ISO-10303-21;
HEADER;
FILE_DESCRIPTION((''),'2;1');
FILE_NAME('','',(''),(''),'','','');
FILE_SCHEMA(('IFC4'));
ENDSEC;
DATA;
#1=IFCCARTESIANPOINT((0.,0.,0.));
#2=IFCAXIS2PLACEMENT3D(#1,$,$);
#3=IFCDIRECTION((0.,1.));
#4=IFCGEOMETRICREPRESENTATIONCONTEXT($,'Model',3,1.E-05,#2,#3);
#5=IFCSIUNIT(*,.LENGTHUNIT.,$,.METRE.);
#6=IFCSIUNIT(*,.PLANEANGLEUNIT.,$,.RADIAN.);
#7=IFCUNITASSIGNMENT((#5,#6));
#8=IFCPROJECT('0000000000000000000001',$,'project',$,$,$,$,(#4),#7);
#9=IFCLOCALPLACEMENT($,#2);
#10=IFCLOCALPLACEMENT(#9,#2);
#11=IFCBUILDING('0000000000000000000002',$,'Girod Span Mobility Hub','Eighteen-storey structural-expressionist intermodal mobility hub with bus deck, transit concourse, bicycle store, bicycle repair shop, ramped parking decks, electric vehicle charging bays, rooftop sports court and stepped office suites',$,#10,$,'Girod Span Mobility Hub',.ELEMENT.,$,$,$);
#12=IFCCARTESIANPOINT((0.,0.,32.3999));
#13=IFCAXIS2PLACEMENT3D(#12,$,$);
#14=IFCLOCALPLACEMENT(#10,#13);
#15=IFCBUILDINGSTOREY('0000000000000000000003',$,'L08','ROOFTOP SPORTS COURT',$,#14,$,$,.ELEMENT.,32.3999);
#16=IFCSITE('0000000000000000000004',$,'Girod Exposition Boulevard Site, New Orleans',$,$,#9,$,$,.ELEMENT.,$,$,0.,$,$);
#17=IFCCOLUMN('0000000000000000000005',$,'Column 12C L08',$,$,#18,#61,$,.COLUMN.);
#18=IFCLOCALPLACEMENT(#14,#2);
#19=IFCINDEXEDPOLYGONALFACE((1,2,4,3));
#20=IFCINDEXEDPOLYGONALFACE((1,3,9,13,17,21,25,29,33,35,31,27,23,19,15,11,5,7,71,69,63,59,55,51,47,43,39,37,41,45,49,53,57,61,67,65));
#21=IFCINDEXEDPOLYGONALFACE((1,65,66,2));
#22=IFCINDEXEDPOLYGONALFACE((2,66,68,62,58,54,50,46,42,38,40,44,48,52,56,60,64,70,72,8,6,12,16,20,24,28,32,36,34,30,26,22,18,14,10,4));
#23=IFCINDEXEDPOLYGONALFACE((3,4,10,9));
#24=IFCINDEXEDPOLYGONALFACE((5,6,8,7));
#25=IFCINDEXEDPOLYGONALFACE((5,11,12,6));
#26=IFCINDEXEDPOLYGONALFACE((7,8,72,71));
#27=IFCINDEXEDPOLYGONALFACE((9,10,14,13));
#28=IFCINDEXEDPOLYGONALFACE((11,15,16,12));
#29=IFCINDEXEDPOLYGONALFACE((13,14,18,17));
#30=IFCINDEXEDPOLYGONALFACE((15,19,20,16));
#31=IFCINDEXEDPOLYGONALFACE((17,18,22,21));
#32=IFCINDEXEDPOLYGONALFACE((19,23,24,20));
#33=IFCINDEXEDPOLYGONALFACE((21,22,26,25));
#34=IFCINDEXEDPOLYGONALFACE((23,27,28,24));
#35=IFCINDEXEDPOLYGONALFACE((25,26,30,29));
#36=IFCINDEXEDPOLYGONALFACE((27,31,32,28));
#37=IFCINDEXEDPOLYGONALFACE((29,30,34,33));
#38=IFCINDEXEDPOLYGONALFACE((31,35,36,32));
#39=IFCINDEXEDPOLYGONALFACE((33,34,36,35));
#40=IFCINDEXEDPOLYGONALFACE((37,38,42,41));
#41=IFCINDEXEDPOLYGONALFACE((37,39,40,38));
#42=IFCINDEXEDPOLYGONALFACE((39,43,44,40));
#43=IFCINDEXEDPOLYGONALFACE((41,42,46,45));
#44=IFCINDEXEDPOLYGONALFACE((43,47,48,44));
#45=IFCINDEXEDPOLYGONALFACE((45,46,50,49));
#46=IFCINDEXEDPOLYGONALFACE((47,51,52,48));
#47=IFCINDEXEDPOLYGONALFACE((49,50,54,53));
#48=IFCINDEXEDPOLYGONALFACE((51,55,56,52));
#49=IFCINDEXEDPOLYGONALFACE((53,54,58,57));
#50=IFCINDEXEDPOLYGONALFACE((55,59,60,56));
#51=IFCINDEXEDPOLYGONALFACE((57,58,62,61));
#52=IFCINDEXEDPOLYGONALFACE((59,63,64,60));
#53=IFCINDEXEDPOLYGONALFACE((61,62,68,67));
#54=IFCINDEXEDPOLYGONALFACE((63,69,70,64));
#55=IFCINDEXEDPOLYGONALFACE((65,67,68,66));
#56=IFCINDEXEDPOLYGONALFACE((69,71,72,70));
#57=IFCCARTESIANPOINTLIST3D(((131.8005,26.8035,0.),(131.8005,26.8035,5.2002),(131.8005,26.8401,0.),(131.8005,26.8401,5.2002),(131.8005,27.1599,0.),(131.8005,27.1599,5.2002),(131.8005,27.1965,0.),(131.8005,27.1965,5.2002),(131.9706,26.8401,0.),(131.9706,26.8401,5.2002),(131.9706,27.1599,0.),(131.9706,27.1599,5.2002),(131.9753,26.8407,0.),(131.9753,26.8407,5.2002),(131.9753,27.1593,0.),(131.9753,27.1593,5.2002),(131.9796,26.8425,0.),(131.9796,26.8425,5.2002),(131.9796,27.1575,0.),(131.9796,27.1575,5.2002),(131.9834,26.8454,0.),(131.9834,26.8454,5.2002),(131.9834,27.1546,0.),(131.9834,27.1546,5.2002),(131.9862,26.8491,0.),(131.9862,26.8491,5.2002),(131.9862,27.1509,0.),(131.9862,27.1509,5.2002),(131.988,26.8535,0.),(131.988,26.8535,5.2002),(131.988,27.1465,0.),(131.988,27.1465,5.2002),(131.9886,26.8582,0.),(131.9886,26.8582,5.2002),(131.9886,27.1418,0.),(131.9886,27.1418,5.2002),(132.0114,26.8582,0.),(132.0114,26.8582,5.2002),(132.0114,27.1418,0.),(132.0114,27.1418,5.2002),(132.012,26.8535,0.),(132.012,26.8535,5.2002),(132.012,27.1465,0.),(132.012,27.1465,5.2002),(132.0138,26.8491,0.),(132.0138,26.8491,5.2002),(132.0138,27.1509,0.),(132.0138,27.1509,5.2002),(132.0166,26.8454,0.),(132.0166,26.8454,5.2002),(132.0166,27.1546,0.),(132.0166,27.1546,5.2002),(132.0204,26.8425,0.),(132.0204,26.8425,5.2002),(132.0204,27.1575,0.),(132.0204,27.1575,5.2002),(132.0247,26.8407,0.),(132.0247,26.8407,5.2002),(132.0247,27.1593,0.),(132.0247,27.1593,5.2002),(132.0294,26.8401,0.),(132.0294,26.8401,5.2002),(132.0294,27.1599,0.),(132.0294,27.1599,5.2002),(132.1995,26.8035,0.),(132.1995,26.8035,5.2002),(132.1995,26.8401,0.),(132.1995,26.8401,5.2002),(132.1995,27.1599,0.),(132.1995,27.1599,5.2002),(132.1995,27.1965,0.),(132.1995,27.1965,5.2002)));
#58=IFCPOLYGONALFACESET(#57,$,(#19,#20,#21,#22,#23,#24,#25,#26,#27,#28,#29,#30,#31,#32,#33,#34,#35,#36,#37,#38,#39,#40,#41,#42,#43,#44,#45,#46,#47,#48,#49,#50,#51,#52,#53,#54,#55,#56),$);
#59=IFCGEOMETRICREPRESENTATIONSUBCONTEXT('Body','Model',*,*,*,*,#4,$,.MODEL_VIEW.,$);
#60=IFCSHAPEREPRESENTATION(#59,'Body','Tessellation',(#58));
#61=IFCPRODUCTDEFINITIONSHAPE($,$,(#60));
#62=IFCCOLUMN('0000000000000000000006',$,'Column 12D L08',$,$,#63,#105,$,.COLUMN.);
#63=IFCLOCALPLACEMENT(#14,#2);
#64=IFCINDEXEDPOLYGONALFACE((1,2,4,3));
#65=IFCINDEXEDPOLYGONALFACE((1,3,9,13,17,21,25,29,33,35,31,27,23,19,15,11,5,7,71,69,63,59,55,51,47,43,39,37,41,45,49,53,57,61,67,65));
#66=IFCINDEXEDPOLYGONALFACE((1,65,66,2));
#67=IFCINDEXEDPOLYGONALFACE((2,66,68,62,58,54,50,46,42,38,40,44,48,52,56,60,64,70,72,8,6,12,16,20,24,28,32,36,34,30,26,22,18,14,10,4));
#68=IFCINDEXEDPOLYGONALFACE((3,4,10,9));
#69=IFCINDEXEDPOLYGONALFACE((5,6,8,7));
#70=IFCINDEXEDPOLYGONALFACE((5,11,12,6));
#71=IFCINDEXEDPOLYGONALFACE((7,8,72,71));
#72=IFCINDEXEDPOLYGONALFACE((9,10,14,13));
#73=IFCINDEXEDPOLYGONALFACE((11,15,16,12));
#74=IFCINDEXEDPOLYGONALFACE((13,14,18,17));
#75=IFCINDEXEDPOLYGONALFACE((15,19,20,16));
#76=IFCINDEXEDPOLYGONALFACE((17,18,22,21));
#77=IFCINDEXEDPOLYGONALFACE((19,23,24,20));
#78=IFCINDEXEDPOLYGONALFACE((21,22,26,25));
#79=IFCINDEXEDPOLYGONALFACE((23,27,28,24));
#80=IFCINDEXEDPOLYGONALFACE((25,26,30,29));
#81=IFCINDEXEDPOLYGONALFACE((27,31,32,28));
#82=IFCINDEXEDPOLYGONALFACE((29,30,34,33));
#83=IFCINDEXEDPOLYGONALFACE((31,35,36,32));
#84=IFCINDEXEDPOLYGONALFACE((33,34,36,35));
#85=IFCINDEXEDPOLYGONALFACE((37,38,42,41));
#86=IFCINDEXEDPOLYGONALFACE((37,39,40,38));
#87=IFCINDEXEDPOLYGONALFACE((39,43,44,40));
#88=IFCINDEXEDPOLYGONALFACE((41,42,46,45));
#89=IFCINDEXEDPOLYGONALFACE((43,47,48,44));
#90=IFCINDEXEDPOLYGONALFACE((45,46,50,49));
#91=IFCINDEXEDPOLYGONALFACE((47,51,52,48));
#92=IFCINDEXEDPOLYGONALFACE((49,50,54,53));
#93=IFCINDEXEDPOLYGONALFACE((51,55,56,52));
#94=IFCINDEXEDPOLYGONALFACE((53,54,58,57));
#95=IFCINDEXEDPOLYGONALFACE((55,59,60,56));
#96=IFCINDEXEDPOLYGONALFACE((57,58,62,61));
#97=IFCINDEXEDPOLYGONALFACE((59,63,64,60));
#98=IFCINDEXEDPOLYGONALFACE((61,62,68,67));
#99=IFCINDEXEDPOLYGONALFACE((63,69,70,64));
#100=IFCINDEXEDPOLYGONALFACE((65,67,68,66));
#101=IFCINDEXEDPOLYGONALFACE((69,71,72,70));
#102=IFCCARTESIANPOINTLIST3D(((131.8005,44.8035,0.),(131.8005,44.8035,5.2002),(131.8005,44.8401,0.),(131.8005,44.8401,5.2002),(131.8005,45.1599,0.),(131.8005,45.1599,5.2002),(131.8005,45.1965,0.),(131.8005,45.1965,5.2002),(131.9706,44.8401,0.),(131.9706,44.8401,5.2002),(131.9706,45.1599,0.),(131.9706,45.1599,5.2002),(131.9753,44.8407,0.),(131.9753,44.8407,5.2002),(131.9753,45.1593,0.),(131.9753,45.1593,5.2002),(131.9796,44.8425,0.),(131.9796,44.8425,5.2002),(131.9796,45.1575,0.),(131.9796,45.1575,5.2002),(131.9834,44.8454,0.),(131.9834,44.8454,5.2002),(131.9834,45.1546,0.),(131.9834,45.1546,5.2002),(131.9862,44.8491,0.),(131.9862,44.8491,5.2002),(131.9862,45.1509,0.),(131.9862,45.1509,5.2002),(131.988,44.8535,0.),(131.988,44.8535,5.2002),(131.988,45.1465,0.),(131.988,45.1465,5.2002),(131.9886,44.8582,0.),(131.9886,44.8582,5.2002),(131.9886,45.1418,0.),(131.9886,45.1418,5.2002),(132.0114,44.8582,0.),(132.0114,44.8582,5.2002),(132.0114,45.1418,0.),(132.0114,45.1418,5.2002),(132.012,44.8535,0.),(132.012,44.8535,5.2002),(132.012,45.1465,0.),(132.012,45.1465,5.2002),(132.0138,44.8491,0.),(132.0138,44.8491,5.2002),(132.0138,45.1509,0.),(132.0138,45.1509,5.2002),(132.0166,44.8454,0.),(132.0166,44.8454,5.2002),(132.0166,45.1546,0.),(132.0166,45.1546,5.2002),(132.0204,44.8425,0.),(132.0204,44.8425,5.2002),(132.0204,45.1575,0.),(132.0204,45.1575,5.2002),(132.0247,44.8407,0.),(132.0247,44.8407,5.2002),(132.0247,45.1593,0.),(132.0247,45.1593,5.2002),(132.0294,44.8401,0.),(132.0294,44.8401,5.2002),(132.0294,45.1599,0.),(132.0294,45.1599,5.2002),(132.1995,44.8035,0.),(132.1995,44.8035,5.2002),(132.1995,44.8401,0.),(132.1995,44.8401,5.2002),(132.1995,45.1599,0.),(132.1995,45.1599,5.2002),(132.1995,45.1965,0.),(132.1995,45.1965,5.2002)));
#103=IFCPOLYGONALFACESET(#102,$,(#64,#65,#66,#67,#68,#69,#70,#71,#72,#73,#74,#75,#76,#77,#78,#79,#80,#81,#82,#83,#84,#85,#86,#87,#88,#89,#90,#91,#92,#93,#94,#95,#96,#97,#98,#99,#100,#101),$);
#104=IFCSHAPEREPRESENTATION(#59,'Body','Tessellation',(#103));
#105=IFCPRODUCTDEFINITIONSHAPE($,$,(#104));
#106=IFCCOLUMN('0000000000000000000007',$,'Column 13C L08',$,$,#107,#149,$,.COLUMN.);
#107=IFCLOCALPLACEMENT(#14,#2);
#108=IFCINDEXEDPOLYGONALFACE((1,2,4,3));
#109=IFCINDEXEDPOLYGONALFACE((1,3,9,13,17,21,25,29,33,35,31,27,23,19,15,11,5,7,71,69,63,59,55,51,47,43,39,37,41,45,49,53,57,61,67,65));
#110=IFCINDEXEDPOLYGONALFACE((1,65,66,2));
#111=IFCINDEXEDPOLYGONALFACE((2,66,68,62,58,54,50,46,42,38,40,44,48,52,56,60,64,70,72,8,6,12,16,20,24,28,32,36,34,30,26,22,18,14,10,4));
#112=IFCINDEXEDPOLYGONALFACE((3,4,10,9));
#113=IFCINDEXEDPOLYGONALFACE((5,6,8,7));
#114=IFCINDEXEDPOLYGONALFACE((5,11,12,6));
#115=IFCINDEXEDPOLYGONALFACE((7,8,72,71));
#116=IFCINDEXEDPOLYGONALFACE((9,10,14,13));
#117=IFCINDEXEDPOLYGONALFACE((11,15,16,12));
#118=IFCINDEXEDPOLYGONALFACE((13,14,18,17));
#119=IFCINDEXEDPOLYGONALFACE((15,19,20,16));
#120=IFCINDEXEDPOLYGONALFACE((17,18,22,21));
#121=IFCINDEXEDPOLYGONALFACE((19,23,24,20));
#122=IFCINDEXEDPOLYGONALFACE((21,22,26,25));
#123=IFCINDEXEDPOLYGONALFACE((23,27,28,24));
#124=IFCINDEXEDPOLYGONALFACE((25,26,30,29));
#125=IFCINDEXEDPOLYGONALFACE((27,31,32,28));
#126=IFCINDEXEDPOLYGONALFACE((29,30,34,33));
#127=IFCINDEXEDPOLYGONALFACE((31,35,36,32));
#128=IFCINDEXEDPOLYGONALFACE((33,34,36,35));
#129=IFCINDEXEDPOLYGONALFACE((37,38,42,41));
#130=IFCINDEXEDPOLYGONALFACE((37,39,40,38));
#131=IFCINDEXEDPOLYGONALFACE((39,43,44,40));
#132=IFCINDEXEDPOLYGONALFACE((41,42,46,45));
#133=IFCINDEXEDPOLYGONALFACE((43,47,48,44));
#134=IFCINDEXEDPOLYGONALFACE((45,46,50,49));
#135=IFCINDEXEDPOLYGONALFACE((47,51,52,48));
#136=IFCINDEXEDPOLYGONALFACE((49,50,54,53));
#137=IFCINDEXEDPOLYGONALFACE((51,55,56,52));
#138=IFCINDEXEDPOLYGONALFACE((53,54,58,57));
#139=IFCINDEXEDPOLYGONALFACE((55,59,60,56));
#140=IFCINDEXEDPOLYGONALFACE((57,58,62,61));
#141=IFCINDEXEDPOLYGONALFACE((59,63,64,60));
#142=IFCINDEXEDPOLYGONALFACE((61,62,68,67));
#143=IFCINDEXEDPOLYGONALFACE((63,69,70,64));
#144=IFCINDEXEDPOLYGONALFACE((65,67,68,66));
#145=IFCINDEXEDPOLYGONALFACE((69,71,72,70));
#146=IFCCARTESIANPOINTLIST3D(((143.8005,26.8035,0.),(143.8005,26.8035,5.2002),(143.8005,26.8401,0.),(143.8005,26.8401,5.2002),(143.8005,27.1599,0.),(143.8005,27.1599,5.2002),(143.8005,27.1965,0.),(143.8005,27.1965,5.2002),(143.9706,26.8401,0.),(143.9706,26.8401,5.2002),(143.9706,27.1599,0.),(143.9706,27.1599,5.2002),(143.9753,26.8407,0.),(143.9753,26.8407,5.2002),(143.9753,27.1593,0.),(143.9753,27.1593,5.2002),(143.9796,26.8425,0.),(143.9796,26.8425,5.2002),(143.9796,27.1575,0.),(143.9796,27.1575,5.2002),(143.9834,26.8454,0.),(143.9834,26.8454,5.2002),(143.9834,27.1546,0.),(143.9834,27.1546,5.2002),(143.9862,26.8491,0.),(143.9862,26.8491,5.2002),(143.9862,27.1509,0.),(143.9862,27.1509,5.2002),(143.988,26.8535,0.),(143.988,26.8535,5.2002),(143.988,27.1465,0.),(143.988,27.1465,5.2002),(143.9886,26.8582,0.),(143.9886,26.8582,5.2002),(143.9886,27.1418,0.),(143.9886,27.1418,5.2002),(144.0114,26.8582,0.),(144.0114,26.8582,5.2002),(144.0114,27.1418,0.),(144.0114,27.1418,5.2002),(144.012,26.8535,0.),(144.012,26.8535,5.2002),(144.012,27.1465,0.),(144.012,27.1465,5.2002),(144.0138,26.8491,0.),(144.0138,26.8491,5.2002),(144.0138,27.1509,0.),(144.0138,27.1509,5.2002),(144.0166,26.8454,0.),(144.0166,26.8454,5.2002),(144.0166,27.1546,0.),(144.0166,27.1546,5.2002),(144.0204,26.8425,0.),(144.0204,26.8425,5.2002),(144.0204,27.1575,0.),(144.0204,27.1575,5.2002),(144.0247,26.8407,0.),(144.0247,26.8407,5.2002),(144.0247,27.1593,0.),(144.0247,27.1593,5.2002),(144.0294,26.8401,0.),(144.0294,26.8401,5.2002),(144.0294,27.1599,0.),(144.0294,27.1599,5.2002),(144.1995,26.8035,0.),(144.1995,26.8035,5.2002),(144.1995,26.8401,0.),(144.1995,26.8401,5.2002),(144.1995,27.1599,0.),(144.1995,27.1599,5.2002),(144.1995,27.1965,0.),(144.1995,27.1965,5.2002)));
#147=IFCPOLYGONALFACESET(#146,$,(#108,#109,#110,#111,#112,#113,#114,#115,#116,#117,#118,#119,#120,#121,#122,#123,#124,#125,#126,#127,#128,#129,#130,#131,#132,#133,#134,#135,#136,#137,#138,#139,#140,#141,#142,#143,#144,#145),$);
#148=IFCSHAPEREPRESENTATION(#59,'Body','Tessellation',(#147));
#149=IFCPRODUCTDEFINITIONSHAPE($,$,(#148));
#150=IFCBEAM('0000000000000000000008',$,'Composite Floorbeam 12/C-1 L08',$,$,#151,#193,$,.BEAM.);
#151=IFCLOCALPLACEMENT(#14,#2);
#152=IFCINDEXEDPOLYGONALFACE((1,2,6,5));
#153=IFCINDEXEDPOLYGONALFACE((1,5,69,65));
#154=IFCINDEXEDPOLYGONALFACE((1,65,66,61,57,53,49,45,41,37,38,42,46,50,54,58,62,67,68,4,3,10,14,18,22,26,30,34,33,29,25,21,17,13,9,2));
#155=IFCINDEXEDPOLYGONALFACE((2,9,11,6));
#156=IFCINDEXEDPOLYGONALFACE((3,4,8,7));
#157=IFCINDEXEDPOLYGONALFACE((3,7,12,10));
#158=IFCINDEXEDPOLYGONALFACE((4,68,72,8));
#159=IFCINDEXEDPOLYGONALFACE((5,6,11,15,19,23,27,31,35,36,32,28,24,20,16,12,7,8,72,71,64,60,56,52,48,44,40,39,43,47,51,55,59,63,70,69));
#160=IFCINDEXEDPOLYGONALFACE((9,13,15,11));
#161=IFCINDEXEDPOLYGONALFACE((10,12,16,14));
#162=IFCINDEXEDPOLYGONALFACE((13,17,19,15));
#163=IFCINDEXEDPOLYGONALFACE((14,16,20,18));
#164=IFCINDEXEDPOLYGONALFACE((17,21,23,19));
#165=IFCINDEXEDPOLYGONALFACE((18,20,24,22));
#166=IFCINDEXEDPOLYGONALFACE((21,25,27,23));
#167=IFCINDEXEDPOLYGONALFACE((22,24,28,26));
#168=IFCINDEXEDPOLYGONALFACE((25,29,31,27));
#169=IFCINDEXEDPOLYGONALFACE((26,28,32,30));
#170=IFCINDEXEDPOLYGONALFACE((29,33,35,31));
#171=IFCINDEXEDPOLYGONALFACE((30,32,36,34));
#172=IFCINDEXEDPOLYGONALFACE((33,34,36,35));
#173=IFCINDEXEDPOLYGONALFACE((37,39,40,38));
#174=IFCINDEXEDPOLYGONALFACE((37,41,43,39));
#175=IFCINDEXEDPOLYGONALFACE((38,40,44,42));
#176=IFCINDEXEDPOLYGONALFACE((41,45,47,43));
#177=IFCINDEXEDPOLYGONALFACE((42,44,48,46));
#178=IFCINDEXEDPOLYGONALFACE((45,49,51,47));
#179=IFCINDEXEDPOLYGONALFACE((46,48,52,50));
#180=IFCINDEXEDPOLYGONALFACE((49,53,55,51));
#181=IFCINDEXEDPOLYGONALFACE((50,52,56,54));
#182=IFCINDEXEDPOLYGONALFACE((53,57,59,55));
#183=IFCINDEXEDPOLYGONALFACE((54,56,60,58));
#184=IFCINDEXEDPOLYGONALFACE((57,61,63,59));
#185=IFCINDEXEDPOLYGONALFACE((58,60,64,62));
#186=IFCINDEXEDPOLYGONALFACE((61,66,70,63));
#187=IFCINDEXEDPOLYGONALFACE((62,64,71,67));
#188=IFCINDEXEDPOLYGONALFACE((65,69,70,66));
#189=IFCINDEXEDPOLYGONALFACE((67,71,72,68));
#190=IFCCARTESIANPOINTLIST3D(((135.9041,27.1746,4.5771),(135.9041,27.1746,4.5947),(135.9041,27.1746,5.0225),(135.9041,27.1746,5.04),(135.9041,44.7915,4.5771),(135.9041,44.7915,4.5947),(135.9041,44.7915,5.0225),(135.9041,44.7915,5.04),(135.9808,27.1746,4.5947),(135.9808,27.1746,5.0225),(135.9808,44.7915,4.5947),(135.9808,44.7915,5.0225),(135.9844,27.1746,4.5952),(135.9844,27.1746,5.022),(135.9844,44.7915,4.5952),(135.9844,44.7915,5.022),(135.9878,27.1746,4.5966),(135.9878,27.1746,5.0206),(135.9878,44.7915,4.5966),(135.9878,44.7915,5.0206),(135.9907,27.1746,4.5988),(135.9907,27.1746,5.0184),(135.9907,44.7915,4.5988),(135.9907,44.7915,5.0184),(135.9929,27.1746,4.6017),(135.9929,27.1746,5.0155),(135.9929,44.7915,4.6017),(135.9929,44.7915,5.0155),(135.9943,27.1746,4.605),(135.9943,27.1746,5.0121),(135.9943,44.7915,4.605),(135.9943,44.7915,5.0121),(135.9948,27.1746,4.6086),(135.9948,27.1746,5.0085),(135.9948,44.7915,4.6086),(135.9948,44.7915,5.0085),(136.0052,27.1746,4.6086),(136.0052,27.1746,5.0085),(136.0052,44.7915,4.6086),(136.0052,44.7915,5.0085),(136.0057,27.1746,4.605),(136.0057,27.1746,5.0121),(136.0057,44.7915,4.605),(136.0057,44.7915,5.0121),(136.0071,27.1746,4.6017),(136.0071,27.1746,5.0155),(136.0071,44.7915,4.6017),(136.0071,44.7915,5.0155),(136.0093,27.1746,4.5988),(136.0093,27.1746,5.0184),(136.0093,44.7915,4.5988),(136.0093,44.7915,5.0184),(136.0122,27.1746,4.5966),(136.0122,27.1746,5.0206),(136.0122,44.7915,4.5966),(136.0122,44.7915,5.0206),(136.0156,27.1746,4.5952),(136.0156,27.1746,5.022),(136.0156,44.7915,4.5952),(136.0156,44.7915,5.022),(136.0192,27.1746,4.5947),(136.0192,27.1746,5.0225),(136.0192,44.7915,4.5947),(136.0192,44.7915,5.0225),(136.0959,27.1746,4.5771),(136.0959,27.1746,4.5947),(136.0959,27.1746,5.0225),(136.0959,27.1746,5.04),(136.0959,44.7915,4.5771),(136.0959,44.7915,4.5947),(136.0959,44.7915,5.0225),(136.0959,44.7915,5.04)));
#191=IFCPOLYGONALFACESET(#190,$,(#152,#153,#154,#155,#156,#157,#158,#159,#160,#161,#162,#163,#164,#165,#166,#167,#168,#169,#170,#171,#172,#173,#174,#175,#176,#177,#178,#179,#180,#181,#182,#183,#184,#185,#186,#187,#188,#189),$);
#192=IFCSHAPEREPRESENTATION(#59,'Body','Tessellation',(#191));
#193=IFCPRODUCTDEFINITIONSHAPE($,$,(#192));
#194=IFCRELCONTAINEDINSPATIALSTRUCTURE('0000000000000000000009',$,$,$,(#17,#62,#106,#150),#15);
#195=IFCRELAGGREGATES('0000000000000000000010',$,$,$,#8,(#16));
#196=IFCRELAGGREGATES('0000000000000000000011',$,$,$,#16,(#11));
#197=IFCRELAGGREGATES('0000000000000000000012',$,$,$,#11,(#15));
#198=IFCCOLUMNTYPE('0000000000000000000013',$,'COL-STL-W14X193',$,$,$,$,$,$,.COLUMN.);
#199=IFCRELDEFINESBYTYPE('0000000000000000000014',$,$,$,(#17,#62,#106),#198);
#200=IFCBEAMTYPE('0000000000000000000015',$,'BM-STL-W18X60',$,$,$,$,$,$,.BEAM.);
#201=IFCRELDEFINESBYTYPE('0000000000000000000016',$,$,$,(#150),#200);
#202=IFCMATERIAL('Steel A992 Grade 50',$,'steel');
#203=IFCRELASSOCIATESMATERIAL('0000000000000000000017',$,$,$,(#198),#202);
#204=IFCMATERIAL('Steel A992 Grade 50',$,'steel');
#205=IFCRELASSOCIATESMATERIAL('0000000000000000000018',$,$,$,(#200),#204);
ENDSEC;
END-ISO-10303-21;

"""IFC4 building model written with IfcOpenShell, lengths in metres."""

from ifc_helpers import new_model, si_unit, direction, frame, origin, origin_2d, place, context, subcontext, project, spatial, i_section, extrude, material, material_profile, profile_set, type_object, element, save


model = new_model("IFC4")

# Units and contexts
model_context = context("Model", 3, precision=1e-05, world=origin(), true_north=direction((0.0, 1.0)))
body_context = subcontext(model_context, "Body", "Model", "MODEL_VIEW")
ifc_project = project(units=[si_unit("LENGTHUNIT", "METRE"), si_unit("PLANEANGLEUNIT", "RADIAN")], contexts=[model_context])

# Site, building, storey
site_placement = place(None, origin())
site = spatial("IfcSite", under=ifc_project, at=site_placement, Name="Girod Exposition Boulevard Site, New Orleans", CompositionType="ELEMENT", RefElevation=0.0)
building_placement = place(site_placement, origin())
building = spatial("IfcBuilding", under=site, at=building_placement, Name="Girod Span Mobility Hub", Description="Eighteen-storey structural-expressionist intermodal mobility hub with bus deck, transit concourse, bicycle store, bicycle repair shop, ramped parking decks, electric vehicle charging bays, rooftop sports court and stepped office suites", LongName="Girod Span Mobility Hub", CompositionType="ELEMENT")
storey_placement = place(building_placement, frame((0.0, 0.0, 32.3999)))
storey = spatial("IfcBuildingStorey", under=building, at=storey_placement, Name="L08", Description="ROOFTOP SPORTS COURT", CompositionType="ELEMENT", Elevation=32.3999)

# Columns
ifc_material_1 = material(Name="Steel A992 Grade 50", Category="steel")
ifc_material_profile_1 = material_profile(ifc_material_1, i_section(OverallWidth=0.3989, OverallDepth=0.3931, WebThickness=0.0227, FlangeThickness=0.0366, FilletRadius=0.0181, at=origin_2d()), Name="W14X193")
ifc_profile_set_1 = profile_set([ifc_material_profile_1], Name="Steel A992 Grade 50")
column_type = type_object("IfcColumnType", Name="COL-STL-W14X193", PredefinedType="COLUMN", material=ifc_profile_set_1)
for number, where, z_axis, x_axis, name in (
    (1, (132.0, 27.0, 0.0), (0.0, 0.0, 1.0), (1.0, 0.0, 0.0), "Column 12C L08"),
    (2, (132.0, 45.0, 0.0), (0.0, 0.0, 1.0), (1.0, 0.0, 0.0), "Column 12D L08"),
    (3, (144.0, 27.0, 0.0), (0.0, 0.0, 1.0), (1.0, 0.0, 0.0), "Column 13C L08"),
):
    element("IfcColumn", number, at=place(storey_placement, frame(where, z_axis=z_axis, x_axis=x_axis)), inside=storey, type_object=column_type, Name=name, PredefinedType="COLUMN", context=body_context, shape_type="SweptSolid", body=[
        extrude(i_section(OverallWidth=0.3989, OverallDepth=0.3931, WebThickness=0.0227, FlangeThickness=0.0366, FilletRadius=0.0181, at=origin_2d()), origin(), (0.0, 0.0, 1.0), 5.2002),
    ])

# Beam
ifc_material_2 = material(Name="Steel A992 Grade 50", Category="steel")
ifc_material_profile_2 = material_profile(ifc_material_2, i_section(OverallWidth=0.1919, OverallDepth=0.4629, WebThickness=0.0105, FlangeThickness=0.0176, FilletRadius=0.0139, at=origin_2d()), Name="W18X60")
ifc_profile_set_2 = profile_set([ifc_material_profile_2], Name="Steel A992 Grade 50")
beam_type_1 = type_object("IfcBeamType", Name="BM-STL-W18X60", PredefinedType="BEAM", material=ifc_profile_set_2)
for number, where, z_axis, x_axis, name in (
    (4, (136.0, 27.1746, 4.8086), (0.0, 1.0, 0.0), (-1.0, 0.0, 0.0), "Composite Floorbeam 12/C-1 L08"),
):
    element("IfcBeam", number, at=place(storey_placement, frame(where, z_axis=z_axis, x_axis=x_axis)), inside=storey, type_object=beam_type_1, Name=name, PredefinedType="BEAM", context=body_context, shape_type="SweptSolid", body=[
        extrude(i_section(OverallWidth=0.1919, OverallDepth=0.4629, WebThickness=0.0105, FlangeThickness=0.0176, FilletRadius=0.0139, at=origin_2d()), origin(), (0.0, 0.0, 1.0), 17.6169),
    ])

save(model, "model.ifc")
